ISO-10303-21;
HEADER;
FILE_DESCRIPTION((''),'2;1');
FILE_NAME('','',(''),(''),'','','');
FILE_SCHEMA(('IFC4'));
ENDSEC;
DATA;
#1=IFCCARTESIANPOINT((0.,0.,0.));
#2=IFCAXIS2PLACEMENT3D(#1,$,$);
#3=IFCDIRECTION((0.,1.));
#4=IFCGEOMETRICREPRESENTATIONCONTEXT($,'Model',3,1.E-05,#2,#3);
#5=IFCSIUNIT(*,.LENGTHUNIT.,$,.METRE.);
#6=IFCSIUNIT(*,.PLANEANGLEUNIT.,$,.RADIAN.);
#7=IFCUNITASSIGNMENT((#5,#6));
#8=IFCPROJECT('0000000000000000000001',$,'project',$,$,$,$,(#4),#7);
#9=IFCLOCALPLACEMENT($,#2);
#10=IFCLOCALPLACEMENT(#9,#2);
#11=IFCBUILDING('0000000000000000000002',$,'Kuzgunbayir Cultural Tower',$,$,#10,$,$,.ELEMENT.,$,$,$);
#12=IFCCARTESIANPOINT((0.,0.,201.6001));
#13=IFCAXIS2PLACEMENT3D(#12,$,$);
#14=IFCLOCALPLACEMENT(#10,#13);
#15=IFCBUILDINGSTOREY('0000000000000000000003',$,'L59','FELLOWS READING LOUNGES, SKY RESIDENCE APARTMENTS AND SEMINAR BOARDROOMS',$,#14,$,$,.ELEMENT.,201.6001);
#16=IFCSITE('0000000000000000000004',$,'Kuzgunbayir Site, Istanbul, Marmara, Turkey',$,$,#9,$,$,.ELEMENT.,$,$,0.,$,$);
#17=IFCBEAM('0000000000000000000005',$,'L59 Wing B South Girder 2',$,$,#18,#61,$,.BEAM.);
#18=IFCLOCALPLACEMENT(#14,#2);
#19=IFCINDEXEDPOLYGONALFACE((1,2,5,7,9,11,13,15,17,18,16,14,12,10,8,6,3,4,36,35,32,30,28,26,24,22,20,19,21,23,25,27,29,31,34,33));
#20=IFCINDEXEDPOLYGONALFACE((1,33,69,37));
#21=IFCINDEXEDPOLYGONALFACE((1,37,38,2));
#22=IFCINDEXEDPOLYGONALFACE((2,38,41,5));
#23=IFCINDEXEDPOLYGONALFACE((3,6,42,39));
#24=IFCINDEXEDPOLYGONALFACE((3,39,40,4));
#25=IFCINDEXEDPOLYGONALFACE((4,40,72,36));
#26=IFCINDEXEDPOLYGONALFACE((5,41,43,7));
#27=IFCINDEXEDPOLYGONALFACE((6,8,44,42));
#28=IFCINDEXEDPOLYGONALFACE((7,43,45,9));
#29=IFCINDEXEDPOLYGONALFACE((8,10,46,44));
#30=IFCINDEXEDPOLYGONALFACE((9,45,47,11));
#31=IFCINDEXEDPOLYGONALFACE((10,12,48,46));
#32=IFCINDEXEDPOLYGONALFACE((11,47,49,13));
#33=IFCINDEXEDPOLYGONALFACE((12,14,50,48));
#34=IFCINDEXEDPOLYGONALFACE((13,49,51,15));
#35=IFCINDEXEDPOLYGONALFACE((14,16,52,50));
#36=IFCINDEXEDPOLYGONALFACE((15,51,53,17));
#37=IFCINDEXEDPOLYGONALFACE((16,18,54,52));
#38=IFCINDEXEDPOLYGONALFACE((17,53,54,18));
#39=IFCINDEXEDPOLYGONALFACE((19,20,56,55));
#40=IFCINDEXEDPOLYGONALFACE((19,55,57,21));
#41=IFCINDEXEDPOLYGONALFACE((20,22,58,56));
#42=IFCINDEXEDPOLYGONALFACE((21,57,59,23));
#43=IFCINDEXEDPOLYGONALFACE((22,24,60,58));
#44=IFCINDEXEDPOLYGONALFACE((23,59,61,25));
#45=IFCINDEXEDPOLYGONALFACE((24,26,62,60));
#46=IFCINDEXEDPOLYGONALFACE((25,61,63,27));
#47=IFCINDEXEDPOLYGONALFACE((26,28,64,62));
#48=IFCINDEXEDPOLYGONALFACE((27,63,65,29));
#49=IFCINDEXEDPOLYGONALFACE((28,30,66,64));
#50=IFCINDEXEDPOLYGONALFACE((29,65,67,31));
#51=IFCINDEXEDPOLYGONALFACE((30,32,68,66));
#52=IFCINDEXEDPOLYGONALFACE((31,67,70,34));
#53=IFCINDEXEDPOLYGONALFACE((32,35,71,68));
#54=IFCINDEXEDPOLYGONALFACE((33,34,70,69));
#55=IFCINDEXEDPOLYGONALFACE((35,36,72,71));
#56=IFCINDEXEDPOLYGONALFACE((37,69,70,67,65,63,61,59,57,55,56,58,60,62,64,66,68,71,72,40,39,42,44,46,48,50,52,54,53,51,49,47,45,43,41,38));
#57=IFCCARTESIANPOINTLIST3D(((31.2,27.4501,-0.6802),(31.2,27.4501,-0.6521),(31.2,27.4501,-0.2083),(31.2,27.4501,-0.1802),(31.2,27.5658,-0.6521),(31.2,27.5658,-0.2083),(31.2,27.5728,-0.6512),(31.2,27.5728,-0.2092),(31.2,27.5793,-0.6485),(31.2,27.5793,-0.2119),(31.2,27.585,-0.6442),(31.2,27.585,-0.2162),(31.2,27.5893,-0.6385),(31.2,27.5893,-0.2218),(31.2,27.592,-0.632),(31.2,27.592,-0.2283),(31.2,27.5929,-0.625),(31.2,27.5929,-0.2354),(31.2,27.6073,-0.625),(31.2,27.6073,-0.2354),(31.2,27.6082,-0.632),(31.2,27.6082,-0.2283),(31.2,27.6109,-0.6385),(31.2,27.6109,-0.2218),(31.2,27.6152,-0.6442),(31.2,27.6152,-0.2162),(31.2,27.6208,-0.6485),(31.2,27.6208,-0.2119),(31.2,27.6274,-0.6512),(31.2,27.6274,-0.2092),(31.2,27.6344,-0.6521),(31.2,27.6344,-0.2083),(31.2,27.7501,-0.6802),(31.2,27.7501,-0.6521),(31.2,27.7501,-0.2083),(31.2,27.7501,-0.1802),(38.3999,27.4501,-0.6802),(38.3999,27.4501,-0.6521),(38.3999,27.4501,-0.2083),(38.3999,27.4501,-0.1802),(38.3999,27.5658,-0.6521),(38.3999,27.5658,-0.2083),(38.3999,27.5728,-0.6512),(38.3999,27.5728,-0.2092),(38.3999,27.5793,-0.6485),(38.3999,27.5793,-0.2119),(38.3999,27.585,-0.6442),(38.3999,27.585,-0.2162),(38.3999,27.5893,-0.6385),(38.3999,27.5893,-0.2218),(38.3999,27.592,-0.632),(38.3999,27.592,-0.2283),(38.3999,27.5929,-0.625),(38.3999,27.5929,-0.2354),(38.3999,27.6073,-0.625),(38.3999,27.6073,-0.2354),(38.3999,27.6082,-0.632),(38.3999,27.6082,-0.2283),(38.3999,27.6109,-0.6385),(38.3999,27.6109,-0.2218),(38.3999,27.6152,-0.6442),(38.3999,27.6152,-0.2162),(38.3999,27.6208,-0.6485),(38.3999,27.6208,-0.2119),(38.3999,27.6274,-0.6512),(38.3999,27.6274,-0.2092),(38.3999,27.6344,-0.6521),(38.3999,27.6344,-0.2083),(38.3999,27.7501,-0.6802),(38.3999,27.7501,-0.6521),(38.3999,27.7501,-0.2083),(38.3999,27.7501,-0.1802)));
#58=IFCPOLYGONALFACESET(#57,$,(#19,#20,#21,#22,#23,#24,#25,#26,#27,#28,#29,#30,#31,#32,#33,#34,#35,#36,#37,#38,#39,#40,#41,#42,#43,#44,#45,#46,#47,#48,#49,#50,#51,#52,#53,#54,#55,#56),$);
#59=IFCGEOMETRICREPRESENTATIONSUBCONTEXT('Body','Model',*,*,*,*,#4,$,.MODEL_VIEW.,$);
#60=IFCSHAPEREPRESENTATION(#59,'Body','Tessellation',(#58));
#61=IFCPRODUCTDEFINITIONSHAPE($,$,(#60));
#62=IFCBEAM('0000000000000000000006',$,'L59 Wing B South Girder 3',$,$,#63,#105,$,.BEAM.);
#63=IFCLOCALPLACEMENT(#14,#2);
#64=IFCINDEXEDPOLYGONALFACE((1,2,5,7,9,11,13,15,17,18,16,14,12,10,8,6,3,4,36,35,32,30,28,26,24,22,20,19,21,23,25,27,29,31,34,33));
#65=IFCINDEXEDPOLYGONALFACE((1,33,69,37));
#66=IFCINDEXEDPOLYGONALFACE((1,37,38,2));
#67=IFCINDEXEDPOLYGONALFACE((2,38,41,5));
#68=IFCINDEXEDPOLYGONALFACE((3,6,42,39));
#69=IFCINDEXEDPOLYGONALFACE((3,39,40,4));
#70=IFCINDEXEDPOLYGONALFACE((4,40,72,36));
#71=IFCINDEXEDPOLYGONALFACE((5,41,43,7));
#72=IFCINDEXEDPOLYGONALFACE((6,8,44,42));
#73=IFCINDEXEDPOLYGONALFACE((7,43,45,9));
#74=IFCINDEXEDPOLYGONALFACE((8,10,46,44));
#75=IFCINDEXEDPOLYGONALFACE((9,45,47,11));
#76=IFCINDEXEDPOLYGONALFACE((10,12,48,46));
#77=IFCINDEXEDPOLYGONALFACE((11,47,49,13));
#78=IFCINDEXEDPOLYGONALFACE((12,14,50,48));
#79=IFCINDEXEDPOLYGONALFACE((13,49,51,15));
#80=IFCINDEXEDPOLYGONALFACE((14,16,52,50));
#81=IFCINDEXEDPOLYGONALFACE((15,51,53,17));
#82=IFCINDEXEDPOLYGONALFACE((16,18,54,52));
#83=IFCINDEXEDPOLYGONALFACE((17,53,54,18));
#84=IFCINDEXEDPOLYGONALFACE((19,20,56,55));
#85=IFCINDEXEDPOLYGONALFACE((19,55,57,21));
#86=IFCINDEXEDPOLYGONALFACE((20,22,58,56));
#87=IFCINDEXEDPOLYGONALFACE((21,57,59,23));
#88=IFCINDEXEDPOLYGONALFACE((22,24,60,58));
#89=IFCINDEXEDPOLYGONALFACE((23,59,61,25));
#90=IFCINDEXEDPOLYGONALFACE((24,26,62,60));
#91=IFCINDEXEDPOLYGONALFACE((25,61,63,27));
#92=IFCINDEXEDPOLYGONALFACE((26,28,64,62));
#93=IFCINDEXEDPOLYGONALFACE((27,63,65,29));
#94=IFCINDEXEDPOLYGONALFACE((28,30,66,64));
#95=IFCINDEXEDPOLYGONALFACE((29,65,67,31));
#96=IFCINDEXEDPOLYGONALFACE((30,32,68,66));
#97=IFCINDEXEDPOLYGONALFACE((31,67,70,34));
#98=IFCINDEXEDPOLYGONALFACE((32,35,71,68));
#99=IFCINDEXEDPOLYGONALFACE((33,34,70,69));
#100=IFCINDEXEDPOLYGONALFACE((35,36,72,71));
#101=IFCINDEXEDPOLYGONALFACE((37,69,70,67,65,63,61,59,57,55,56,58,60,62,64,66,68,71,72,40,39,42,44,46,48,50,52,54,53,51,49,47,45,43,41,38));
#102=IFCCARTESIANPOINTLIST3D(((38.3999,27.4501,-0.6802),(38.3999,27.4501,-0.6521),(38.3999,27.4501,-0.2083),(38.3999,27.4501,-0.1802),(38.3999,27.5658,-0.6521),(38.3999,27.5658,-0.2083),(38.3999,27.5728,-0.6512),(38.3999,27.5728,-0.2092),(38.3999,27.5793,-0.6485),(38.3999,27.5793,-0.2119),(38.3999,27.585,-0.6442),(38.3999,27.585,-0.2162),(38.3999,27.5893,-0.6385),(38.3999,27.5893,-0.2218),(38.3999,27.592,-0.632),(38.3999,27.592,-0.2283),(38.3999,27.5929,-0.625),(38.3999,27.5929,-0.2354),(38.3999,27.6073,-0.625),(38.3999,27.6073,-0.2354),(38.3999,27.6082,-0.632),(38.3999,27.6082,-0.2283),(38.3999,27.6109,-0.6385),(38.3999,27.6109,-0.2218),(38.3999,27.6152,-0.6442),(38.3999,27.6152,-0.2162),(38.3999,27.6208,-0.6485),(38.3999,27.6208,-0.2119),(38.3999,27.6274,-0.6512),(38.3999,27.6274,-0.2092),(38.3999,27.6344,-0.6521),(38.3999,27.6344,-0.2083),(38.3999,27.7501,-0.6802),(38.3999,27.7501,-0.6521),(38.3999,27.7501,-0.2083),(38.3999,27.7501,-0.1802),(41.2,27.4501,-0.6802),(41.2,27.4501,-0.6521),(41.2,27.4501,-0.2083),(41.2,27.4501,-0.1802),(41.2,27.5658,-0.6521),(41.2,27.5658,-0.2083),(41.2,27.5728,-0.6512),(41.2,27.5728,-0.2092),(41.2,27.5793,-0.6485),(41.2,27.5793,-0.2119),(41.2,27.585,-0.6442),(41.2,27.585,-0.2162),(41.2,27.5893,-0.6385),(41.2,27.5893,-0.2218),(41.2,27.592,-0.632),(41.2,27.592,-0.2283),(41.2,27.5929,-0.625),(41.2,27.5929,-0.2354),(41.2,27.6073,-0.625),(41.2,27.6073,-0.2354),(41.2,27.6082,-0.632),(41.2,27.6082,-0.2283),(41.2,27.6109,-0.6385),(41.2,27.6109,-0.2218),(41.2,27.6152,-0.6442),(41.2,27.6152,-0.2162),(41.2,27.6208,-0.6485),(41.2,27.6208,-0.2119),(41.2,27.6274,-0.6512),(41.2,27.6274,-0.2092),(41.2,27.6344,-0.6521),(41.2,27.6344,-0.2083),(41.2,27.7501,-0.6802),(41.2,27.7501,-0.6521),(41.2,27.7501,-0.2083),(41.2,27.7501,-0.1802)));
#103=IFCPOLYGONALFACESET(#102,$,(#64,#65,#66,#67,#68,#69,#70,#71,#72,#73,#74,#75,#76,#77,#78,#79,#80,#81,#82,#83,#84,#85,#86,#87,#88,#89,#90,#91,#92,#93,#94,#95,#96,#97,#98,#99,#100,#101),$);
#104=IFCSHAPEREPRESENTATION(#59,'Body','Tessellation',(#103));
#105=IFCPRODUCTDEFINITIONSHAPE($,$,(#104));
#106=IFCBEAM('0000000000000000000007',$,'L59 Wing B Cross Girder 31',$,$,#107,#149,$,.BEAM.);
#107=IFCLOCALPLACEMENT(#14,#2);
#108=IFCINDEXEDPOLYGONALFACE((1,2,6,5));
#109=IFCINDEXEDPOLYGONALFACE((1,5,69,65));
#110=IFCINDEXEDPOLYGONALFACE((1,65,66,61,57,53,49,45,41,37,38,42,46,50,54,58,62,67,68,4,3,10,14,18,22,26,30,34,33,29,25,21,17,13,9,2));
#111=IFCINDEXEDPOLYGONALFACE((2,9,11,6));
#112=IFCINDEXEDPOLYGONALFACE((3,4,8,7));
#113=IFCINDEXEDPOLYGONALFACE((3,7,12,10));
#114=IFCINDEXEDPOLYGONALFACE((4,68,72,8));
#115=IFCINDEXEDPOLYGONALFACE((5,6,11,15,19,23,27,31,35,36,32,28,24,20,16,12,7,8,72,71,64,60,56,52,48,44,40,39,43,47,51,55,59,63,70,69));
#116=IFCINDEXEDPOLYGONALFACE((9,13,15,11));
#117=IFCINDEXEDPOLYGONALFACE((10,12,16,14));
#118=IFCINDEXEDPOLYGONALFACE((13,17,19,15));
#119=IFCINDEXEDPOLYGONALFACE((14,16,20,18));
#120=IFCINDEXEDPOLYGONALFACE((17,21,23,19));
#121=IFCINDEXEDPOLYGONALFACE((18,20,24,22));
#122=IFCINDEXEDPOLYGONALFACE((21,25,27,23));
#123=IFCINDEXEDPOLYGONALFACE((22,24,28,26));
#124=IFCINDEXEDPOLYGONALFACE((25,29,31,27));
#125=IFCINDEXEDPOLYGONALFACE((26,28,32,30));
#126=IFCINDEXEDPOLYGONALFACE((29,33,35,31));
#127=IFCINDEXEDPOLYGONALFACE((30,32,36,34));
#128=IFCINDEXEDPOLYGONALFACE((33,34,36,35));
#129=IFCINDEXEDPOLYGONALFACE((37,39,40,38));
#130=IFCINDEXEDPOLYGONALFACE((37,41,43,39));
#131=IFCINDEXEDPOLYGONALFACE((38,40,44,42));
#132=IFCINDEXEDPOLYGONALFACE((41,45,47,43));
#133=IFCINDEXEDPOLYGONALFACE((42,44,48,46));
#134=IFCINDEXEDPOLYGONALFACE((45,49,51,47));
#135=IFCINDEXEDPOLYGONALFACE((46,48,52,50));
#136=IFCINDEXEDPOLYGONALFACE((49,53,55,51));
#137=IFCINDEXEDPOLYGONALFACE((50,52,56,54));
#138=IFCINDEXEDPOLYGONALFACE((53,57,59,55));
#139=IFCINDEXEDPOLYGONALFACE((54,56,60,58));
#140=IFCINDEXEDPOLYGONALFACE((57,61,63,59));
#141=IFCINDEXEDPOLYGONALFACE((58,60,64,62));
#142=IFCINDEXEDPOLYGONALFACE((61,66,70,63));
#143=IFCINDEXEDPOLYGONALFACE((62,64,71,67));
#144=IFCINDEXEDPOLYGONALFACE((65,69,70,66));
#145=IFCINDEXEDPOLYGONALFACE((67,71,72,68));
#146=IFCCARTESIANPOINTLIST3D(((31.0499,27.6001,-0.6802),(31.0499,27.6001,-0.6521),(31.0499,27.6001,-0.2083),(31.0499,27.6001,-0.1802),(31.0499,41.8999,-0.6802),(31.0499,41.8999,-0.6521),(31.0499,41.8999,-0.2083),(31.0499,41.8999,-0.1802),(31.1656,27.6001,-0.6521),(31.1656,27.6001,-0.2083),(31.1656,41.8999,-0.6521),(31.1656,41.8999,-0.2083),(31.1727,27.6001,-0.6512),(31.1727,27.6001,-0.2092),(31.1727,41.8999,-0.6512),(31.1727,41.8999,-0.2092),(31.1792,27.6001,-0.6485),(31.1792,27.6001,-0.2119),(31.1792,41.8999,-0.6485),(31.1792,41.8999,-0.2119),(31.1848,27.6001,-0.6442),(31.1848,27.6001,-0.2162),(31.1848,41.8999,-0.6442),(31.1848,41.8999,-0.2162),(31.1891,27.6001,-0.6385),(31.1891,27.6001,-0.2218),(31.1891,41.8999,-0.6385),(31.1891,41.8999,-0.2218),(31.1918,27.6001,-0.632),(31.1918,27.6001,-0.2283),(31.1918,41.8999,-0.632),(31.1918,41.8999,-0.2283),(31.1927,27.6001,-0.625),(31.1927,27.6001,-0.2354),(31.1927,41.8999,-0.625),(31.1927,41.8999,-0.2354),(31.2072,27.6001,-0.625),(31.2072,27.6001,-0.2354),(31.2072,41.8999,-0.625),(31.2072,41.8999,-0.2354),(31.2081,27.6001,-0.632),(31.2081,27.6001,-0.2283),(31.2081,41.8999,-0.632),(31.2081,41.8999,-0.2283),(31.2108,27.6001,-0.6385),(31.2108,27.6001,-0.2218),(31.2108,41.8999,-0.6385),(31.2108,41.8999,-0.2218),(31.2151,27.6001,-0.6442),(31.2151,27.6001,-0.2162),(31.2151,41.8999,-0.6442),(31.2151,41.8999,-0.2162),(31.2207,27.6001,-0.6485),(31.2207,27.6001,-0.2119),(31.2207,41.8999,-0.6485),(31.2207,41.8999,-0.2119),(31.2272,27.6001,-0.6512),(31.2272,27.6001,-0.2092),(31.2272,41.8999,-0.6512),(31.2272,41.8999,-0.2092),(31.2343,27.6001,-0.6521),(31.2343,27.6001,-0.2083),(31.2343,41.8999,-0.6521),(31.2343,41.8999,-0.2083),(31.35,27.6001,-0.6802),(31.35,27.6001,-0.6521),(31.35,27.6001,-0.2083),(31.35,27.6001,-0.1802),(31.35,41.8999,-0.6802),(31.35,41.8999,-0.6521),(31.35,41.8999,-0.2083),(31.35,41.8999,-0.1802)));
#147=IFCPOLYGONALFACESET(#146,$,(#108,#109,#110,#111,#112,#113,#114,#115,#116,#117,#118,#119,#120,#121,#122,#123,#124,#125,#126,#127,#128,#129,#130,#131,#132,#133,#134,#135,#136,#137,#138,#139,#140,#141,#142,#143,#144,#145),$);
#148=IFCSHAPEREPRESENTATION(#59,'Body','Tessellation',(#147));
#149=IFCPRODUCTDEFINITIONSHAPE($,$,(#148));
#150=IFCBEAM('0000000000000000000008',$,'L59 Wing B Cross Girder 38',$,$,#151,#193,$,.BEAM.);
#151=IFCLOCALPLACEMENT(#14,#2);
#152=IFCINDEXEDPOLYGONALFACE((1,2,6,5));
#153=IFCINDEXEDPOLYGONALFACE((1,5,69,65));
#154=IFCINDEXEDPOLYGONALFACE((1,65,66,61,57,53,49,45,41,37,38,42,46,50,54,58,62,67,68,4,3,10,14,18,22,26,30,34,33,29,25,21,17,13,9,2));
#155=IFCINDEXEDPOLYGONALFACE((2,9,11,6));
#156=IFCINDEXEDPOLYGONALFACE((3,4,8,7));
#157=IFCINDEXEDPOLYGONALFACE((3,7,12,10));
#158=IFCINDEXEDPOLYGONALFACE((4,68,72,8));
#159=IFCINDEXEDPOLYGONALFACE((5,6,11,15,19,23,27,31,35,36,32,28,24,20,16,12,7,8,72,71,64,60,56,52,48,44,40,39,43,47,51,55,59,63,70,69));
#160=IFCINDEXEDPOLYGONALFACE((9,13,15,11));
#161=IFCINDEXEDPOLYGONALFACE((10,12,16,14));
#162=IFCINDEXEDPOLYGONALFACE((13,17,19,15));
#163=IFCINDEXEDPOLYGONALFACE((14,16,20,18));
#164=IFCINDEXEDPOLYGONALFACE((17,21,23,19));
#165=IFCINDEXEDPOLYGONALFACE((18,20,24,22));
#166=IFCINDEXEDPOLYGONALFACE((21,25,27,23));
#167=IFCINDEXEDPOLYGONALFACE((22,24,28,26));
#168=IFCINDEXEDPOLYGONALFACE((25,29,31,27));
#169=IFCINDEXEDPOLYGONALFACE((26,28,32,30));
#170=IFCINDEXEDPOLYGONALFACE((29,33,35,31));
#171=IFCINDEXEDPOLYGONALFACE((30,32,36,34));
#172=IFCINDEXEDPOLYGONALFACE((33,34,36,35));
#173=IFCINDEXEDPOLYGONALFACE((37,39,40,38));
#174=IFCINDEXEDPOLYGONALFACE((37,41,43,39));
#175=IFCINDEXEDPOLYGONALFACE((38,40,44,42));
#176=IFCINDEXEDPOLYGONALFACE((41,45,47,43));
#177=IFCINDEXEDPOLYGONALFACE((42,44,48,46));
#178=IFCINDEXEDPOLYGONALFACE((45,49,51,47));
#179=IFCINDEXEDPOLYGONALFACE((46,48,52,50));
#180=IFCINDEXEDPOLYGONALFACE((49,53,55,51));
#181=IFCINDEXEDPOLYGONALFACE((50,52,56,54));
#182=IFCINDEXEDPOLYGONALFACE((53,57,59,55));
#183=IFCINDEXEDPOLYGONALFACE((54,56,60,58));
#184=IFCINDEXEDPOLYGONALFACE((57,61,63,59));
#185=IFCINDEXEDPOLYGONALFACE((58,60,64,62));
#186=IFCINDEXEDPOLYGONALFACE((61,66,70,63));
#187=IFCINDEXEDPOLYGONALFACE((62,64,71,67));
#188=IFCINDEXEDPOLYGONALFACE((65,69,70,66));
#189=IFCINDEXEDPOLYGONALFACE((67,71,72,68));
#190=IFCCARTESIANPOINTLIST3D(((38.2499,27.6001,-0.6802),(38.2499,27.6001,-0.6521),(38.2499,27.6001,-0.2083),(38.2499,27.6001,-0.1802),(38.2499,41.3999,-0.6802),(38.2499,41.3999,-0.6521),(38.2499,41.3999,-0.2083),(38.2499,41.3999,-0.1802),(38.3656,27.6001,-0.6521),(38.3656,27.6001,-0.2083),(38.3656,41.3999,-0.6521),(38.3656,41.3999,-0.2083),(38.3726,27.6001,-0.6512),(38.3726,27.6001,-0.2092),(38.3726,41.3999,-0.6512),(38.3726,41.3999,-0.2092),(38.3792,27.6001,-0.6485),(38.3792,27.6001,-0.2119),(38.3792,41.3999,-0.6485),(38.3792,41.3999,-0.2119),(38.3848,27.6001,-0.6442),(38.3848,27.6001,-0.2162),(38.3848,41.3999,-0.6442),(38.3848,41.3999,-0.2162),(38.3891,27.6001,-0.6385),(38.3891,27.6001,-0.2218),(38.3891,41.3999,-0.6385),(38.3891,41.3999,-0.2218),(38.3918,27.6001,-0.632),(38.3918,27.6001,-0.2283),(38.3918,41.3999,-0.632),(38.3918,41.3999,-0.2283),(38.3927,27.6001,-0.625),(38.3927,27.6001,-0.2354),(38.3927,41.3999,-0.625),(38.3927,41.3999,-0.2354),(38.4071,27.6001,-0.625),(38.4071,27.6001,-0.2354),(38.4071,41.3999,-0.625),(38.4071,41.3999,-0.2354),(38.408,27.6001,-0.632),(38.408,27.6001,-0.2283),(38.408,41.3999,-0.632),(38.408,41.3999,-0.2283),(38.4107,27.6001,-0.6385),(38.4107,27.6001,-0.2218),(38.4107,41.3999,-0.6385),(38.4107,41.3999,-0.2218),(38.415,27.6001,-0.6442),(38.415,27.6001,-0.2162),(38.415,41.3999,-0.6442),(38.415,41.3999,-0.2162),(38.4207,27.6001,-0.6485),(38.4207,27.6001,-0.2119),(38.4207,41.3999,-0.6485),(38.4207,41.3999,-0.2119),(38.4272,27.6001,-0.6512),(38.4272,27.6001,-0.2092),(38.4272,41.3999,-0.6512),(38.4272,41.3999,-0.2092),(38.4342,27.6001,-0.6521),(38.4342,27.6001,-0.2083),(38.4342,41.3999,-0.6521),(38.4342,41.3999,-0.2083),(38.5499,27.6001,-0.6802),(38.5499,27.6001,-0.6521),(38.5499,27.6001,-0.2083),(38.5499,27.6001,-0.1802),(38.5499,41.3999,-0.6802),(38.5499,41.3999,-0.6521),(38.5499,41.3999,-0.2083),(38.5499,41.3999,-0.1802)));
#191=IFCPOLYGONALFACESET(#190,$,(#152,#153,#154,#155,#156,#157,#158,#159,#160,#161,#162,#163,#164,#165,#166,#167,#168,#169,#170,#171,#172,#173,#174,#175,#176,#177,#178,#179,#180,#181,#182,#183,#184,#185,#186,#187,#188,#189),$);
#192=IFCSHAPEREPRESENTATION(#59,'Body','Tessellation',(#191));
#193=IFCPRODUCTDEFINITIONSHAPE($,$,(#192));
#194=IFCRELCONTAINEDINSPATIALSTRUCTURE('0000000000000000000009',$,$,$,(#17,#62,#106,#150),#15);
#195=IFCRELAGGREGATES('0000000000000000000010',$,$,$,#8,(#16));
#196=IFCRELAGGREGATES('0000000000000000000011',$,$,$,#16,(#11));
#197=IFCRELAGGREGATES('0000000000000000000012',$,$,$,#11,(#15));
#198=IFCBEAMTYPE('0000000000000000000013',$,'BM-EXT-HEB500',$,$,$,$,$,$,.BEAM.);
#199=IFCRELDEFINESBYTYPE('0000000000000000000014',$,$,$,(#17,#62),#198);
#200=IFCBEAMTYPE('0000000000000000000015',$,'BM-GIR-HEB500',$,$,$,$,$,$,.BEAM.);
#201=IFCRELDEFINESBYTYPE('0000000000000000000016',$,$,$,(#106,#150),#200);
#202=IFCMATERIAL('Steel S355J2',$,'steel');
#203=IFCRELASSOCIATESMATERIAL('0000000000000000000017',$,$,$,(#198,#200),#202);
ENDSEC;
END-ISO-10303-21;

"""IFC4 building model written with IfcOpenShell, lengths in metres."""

from ifc_helpers import new_model, si_unit, direction, frame, origin, origin_2d, place, context, subcontext, project, spatial, i_section, extrude, material, material_profile, profile_set, type_object, element, save


model = new_model("IFC4")

# Units and contexts
model_context = context("Model", 3, precision=1e-05, world=origin(), true_north=direction((0.0, 1.0)))
body_context = subcontext(model_context, "Body", "Model", "MODEL_VIEW")
ifc_project = project(units=[si_unit("LENGTHUNIT", "METRE"), si_unit("PLANEANGLEUNIT", "RADIAN")], contexts=[model_context])

# Site, building, storey
site_placement = place(None, origin())
site = spatial("IfcSite", under=ifc_project, at=site_placement, Name="Kuzgunbayir Site, Istanbul, Marmara, Turkey", CompositionType="ELEMENT", RefElevation=0.0)
building_placement = place(site_placement, origin())
building = spatial("IfcBuilding", under=site, at=building_placement, Name="Kuzgunbayir Cultural Tower", CompositionType="ELEMENT")
storey_placement = place(building_placement, frame((0.0, 0.0, 201.6001)))
storey = spatial("IfcBuildingStorey", under=building, at=storey_placement, Name="L59", Description="FELLOWS READING LOUNGES, SKY RESIDENCE APARTMENTS AND SEMINAR BOARDROOMS", CompositionType="ELEMENT", Elevation=201.6001)

# Beams
ifc_material_1 = material(Name="Steel S355J2", Category="steel")
ifc_material_profile_1 = material_profile(ifc_material_1, i_section(OverallWidth=0.3, OverallDepth=0.5, WebThickness=0.0144, FlangeThickness=0.0281, FilletRadius=0.0271, at=origin_2d()), Name="HEB 500")
ifc_profile_set_1 = profile_set([ifc_material_profile_1], Name="Steel S355J2")
beam_type_1 = type_object("IfcBeamType", Name="BM-EXT-HEB500", PredefinedType="BEAM", material=ifc_profile_set_1)
beam_1_placement = place(storey_placement, frame((31.2, 27.6001, -0.4302), z_axis=(1.0, 0.0, 0.0), x_axis=(0.0, 1.0, 0.0)))
element("IfcBeam", 1, at=beam_1_placement, inside=storey, type_object=beam_type_1, Name="L59 Wing B South Girder 2", PredefinedType="BEAM", context=body_context, shape_type="SweptSolid", body=[
    extrude(i_section(OverallWidth=0.3, OverallDepth=0.5, WebThickness=0.0144, FlangeThickness=0.0281, FilletRadius=0.0271, at=origin_2d()), origin(), (0.0, 0.0, 1.0), 7.2),
])
beam_2_placement = place(storey_placement, frame((38.3999, 27.6001, -0.4302), z_axis=(1.0, 0.0, 0.0), x_axis=(0.0, 1.0, 0.0)))
element("IfcBeam", 2, at=beam_2_placement, inside=storey, type_object=beam_type_1, Name="L59 Wing B South Girder 3", PredefinedType="BEAM", context=body_context, shape_type="SweptSolid", body=[
    extrude(i_section(OverallWidth=0.3, OverallDepth=0.5, WebThickness=0.0144, FlangeThickness=0.0281, FilletRadius=0.0271, at=origin_2d()), origin(), (0.0, 0.0, 1.0), 2.8),
])
ifc_material_profile_2 = material_profile(ifc_material_1, i_section(OverallWidth=0.3, OverallDepth=0.5, WebThickness=0.0144, FlangeThickness=0.0281, FilletRadius=0.0271, at=origin_2d()), Name="HEB 500")
ifc_profile_set_2 = profile_set([ifc_material_profile_2], Name="Steel S355J2")
beam_type_2 = type_object("IfcBeamType", Name="BM-GIR-HEB500", PredefinedType="BEAM", material=ifc_profile_set_2)
beam_3_placement = place(storey_placement, frame((31.2, 27.6001, -0.4302), z_axis=(0.0, 1.0, 0.0), x_axis=(-1.0, 0.0, 0.0)))
element("IfcBeam", 3, at=beam_3_placement, inside=storey, type_object=beam_type_2, Name="L59 Wing B Cross Girder 31", PredefinedType="BEAM", context=body_context, shape_type="SweptSolid", body=[
    extrude(i_section(OverallWidth=0.3, OverallDepth=0.5, WebThickness=0.0144, FlangeThickness=0.0281, FilletRadius=0.0271, at=origin_2d()), origin(), (0.0, 0.0, 1.0), 14.2998),
])
beam_4_placement = place(storey_placement, frame((38.3999, 27.6001, -0.4302), z_axis=(0.0, 1.0, 0.0), x_axis=(-1.0, 0.0, 0.0)))
element("IfcBeam", 4, at=beam_4_placement, inside=storey, type_object=beam_type_2, Name="L59 Wing B Cross Girder 38", PredefinedType="BEAM", context=body_context, shape_type="SweptSolid", body=[
    extrude(i_section(OverallWidth=0.3, OverallDepth=0.5, WebThickness=0.0144, FlangeThickness=0.0281, FilletRadius=0.0271, at=origin_2d()), origin(), (0.0, 0.0, 1.0), 13.7998),
])

save(model, "model.ifc")
